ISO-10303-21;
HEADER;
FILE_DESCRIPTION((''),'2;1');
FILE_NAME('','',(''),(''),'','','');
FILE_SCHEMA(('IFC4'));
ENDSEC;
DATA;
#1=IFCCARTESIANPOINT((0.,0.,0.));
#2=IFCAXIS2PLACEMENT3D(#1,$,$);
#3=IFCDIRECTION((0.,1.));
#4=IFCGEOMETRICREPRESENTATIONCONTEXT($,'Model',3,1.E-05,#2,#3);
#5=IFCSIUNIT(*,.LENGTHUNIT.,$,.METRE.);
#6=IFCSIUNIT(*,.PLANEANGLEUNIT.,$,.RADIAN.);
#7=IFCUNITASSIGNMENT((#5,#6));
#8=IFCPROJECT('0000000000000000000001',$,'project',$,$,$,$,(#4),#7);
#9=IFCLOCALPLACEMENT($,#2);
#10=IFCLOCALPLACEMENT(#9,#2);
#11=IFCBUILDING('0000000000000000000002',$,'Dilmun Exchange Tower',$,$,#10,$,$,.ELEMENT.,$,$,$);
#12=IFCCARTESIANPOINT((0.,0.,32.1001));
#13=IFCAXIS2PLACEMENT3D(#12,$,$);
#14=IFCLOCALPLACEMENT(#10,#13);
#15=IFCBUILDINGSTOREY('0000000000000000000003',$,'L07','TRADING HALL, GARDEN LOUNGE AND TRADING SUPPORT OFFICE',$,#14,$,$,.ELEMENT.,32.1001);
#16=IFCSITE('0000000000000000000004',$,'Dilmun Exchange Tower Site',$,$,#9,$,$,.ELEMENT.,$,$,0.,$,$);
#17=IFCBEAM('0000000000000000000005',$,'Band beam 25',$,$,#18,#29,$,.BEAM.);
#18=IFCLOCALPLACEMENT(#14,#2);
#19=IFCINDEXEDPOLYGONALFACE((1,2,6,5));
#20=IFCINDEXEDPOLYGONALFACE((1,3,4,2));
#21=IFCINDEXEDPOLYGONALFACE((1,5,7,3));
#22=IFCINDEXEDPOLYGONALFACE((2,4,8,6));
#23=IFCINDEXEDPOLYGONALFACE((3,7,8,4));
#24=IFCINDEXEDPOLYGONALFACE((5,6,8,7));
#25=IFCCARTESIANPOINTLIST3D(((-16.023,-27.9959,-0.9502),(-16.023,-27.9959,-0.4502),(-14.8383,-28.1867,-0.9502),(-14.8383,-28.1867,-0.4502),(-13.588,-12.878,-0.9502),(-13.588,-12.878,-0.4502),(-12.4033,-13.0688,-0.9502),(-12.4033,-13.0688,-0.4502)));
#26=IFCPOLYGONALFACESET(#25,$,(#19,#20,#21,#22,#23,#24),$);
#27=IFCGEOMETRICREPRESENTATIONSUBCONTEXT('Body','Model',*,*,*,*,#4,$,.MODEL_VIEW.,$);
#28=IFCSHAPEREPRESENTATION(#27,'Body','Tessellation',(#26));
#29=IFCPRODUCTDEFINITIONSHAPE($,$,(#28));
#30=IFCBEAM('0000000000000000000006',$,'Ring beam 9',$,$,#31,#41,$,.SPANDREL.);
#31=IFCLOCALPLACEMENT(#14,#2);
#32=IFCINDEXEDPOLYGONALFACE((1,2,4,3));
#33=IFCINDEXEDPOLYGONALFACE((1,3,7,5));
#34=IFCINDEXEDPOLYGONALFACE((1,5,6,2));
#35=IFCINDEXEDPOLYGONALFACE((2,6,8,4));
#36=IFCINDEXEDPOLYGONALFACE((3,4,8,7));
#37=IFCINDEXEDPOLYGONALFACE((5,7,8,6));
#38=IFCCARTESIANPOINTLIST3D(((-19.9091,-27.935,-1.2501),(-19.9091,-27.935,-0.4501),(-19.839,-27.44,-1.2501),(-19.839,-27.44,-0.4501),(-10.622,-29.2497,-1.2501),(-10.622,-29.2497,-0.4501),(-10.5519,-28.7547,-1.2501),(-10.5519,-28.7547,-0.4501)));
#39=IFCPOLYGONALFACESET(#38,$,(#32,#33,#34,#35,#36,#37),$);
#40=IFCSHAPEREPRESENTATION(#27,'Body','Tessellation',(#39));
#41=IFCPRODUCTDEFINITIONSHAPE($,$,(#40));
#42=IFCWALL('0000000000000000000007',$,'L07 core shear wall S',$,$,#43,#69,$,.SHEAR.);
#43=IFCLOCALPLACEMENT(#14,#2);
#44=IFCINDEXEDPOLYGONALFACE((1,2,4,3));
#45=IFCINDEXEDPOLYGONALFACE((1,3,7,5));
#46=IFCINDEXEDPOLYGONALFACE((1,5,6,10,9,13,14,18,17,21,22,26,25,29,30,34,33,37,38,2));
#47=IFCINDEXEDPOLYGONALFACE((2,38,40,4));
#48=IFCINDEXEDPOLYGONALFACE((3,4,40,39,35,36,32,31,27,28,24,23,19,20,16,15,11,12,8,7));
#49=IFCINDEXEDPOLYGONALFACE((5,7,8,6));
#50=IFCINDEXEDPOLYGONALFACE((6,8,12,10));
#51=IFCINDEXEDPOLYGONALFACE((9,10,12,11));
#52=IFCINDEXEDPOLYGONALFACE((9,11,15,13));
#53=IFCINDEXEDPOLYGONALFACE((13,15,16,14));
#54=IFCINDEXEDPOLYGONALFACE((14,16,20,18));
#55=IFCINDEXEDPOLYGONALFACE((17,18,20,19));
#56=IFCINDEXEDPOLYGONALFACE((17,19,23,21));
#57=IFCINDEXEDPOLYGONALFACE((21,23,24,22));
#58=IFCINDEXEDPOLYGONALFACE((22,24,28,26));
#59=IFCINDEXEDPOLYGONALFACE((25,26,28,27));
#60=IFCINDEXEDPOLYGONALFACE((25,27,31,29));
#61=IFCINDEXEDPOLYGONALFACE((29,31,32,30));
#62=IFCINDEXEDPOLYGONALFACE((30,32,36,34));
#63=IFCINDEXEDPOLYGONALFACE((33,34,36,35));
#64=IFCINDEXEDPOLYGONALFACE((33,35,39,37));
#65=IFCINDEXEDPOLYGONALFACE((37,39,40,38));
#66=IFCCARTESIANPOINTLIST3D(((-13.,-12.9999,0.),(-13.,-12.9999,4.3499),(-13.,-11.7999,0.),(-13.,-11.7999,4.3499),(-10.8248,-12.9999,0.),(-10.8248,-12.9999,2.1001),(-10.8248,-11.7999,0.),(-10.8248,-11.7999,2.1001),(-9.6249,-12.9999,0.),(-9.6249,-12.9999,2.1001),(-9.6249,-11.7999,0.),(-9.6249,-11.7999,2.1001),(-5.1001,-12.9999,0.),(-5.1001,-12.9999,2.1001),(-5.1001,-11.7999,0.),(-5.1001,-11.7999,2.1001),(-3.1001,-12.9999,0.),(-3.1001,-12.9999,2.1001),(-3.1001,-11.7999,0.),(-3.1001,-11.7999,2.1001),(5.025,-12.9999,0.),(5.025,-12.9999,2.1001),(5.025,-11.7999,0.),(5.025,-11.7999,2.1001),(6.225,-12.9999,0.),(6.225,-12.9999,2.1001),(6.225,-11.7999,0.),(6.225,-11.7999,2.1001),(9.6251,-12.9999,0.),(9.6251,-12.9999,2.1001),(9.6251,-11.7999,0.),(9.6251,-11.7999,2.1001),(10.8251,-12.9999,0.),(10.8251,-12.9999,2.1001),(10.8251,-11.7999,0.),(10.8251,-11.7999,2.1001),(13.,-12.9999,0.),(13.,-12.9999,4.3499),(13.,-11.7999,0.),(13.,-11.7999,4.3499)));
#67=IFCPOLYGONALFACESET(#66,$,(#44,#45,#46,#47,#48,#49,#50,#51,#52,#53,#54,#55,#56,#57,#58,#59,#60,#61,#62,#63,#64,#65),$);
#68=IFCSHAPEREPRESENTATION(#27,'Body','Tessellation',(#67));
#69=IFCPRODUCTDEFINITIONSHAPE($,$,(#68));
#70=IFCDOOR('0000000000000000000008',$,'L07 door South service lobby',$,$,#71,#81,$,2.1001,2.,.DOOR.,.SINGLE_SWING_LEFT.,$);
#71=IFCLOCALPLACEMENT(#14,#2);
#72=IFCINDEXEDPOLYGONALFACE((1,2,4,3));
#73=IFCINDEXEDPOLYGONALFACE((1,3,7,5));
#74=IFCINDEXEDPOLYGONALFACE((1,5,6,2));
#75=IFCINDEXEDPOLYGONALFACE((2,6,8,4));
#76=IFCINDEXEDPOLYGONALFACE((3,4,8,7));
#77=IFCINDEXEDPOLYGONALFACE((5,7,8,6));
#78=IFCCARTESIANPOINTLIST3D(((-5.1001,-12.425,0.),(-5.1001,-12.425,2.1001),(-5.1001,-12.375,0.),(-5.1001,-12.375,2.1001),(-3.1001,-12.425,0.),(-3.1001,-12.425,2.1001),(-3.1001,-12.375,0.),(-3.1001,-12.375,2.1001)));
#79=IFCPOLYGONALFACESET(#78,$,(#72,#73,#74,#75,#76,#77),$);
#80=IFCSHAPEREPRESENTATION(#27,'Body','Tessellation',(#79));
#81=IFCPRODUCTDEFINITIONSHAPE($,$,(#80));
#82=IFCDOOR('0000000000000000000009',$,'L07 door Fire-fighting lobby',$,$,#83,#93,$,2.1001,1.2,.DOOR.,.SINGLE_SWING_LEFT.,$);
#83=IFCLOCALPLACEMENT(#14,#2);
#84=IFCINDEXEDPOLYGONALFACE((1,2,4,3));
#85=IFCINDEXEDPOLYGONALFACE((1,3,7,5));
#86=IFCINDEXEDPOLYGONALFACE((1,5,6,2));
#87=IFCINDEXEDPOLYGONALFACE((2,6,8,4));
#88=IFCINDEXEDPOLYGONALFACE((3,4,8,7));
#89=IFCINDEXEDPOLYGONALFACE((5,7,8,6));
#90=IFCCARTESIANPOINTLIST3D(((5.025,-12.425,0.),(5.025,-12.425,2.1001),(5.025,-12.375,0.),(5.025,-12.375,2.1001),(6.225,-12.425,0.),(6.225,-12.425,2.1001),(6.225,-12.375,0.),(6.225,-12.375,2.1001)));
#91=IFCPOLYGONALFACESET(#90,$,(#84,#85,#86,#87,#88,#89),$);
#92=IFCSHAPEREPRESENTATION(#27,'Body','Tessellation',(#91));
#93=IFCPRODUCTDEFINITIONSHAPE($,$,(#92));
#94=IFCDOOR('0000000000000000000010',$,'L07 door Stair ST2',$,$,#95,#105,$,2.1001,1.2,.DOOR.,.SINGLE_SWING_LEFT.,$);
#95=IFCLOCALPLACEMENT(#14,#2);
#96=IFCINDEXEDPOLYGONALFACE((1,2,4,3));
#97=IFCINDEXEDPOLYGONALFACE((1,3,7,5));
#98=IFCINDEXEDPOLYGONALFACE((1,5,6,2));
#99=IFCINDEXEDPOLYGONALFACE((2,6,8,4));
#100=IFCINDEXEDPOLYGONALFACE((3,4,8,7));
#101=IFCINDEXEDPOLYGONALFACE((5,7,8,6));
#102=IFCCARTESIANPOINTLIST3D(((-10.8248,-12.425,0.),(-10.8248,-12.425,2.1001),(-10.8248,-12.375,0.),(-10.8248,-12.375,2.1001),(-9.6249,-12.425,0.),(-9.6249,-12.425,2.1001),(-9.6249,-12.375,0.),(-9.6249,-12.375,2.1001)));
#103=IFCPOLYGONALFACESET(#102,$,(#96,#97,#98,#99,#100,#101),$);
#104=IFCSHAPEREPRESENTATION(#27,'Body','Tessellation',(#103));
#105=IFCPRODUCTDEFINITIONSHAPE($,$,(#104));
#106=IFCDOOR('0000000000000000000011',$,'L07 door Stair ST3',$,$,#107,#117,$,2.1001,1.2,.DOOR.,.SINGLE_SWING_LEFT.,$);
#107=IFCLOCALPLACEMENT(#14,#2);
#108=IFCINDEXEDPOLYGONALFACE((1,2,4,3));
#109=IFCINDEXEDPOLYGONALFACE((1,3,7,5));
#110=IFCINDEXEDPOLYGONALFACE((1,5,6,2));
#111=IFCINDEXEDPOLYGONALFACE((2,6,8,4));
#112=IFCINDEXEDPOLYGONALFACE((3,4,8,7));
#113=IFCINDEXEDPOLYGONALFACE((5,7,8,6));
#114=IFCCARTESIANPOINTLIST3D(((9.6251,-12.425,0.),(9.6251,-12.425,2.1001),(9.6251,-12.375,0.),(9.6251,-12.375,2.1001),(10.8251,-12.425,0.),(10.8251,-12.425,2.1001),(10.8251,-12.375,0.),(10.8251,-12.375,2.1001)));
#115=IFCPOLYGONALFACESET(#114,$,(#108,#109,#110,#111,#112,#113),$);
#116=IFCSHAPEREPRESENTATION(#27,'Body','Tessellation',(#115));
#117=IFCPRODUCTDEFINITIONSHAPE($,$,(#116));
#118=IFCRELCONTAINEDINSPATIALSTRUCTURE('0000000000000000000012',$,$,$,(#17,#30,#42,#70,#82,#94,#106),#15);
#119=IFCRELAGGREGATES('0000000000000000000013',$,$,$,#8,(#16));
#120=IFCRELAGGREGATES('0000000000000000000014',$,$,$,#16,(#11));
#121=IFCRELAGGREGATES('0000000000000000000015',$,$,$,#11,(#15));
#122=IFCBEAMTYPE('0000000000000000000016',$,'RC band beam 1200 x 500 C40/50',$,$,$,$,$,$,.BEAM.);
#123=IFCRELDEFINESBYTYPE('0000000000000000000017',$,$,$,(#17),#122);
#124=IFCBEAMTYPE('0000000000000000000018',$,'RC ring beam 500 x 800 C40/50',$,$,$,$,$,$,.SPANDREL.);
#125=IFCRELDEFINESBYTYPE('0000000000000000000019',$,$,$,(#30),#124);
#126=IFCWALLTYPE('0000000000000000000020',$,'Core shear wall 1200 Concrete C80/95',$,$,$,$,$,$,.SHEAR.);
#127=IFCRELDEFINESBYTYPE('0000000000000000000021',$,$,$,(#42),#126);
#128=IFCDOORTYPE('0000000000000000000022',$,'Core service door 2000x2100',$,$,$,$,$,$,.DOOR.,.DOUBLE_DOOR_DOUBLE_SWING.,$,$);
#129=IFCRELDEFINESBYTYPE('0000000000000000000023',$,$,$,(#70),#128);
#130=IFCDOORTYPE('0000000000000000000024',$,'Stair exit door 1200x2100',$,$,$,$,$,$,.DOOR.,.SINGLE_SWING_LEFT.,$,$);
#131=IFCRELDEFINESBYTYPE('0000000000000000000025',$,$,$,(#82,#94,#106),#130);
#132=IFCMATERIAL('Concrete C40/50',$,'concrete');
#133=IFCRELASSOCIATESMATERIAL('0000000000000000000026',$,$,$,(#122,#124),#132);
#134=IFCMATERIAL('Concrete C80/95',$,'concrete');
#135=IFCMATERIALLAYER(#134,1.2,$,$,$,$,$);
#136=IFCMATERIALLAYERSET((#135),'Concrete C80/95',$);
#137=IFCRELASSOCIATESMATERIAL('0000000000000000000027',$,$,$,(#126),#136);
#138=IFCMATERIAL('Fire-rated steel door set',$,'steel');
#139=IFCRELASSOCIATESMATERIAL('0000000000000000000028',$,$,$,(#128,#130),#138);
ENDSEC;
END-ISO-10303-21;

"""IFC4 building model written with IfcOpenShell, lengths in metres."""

from ifc_helpers import new_model, si_unit, direction, frame, frame_2d, origin, origin_2d, place, context, subcontext, project, spatial, rectangle, extrude, material, layer, layer_set, material_profile, profile_set, type_object, element, fill, save


model = new_model("IFC4")

# Units and contexts
model_context = context("Model", 3, precision=1e-05, world=origin(), true_north=direction((0.0, 1.0)))
body_context = subcontext(model_context, "Body", "Model", "MODEL_VIEW")
ifc_project = project(units=[si_unit("LENGTHUNIT", "METRE"), si_unit("PLANEANGLEUNIT", "RADIAN")], contexts=[model_context])

# Site, building, storey
site_placement = place(None, origin())
site = spatial("IfcSite", under=ifc_project, at=site_placement, Name="Dilmun Exchange Tower Site", CompositionType="ELEMENT", RefElevation=0.0)
building_placement = place(site_placement, origin())
building = spatial("IfcBuilding", under=site, at=building_placement, Name="Dilmun Exchange Tower", CompositionType="ELEMENT")
storey_placement = place(building_placement, frame((0.0, 0.0, 32.1001)))
storey = spatial("IfcBuildingStorey", under=building, at=storey_placement, Name="L07", Description="TRADING HALL, GARDEN LOUNGE AND TRADING SUPPORT OFFICE", CompositionType="ELEMENT", Elevation=32.1001)

# Beams
ifc_material_1 = material(Name="Concrete C40/50", Category="concrete")
ifc_material_profile_1 = material_profile(ifc_material_1, rectangle(XDim=1.2, YDim=0.5, at=origin_2d()), Name="1200 x 500")
ifc_profile_set_1 = profile_set([ifc_material_profile_1], Name="Concrete C40/50")
beam_type_1 = type_object("IfcBeamType", Name="RC band beam 1200 x 500 C40/50", PredefinedType="BEAM", material=ifc_profile_set_1)
beam_1_placement = place(storey_placement, frame((-15.4307, -28.0913, -0.7002), z_axis=(0.159021, 0.987275, 0.0), x_axis=(-0.987275, 0.159021, 0.0)))
element("IfcBeam", 1, at=beam_1_placement, inside=storey, type_object=beam_type_1, Name="Band beam 25", PredefinedType="BEAM", context=body_context, shape_type="SweptSolid", body=[
    extrude(rectangle(XDim=1.2, YDim=0.5, at=origin_2d()), origin(), (0.0, 0.0, 1.0), 15.3127),
])
ifc_material_profile_2 = material_profile(ifc_material_1, rectangle(XDim=0.5, YDim=0.8, at=origin_2d()), Name="500 x 800")
ifc_profile_set_2 = profile_set([ifc_material_profile_2], Name="Concrete C40/50")
beam_type_2 = type_object("IfcBeamType", Name="RC ring beam 500 x 800 C40/50", PredefinedType="SPANDREL", material=ifc_profile_set_2)
beam_2_placement = place(storey_placement, frame((-19.874, -27.6875, -0.8501), z_axis=(0.990128, -0.140164, 0.0), x_axis=(0.140164, 0.990128, 0.0)))
element("IfcBeam", 2, at=beam_2_placement, inside=storey, type_object=beam_type_2, Name="Ring beam 9", PredefinedType="SPANDREL", context=body_context, shape_type="SweptSolid", body=[
    extrude(rectangle(XDim=0.5, YDim=0.8, at=origin_2d()), origin(), (0.0, 0.0, 1.0), 9.3796),
])

# Wall, openings, doors
ifc_material_2 = material(Name="Concrete C80/95", Category="concrete")
ifc_layer_1 = layer(ifc_material_2, 1.2)
ifc_layer_set_1 = layer_set([ifc_layer_1], Name="Concrete C80/95")
wall_type_1 = type_object("IfcWallType", Name="Core shear wall 1200 Concrete C80/95", PredefinedType="SHEAR", material=ifc_layer_set_1)
wall_1_placement = place(storey_placement, frame((-13.0, -12.3999, 0.0), z_axis=(0.0, 0.0, 1.0), x_axis=(1.0, 0.0, 0.0)))
wall_1 = element("IfcWall", 3, at=wall_1_placement, inside=storey, type_object=wall_type_1, Name="L07 core shear wall S", PredefinedType="SHEAR", context=body_context, shape_type="SweptSolid", body=[
    extrude(rectangle(XDim=26.0, YDim=1.2, at=frame_2d((13.0, 0.0))), origin(), (0.0, 0.0, 1.0), 4.3499),
])
opening_1_placement = place(wall_1_placement, frame((7.8999, 0.0, 0.0)))
opening_1 = element("IfcOpeningElement", 4, at=opening_1_placement, cuts=wall_1, PredefinedType="OPENING", context=body_context, shape_type="SweptSolid", body=[
    extrude(rectangle(XDim=2.0, YDim=2.1001, at=frame_2d((1.0, 1.05))), frame((0.0, 0.6099, 0.0), z_axis=(0.0, -1.0, 0.0), x_axis=(1.0, 0.0, 0.0)), (0.0, 0.0, 1.0), 1.22),
])
opening_2_placement = place(wall_1_placement, frame((18.0249, 0.0, 0.0)))
opening_2 = element("IfcOpeningElement", 5, at=opening_2_placement, cuts=wall_1, PredefinedType="OPENING", context=body_context, shape_type="SweptSolid", body=[
    extrude(rectangle(XDim=1.2, YDim=2.1001, at=frame_2d((0.6001, 1.05))), frame((0.0, 0.6099, 0.0), z_axis=(0.0, -1.0, 0.0), x_axis=(1.0, 0.0, 0.0)), (0.0, 0.0, 1.0), 1.22),
])
opening_3_placement = place(wall_1_placement, frame((2.175, 0.0, 0.0)))
opening_3 = element("IfcOpeningElement", 6, at=opening_3_placement, cuts=wall_1, PredefinedType="OPENING", context=body_context, shape_type="SweptSolid", body=[
    extrude(rectangle(XDim=1.2, YDim=2.1001, at=frame_2d((0.6001, 1.05))), frame((0.0, 0.6099, 0.0), z_axis=(0.0, -1.0, 0.0), x_axis=(1.0, 0.0, 0.0)), (0.0, 0.0, 1.0), 1.22),
])
opening_4_placement = place(wall_1_placement, frame((22.625, 0.0, 0.0)))
opening_4 = element("IfcOpeningElement", 7, at=opening_4_placement, cuts=wall_1, PredefinedType="OPENING", context=body_context, shape_type="SweptSolid", body=[
    extrude(rectangle(XDim=1.2, YDim=2.1001, at=frame_2d((0.6001, 1.05))), frame((0.0, 0.6099, 0.0), z_axis=(0.0, -1.0, 0.0), x_axis=(1.0, 0.0, 0.0)), (0.0, 0.0, 1.0), 1.22),
])
ifc_material_3 = material(Name="Fire-rated steel door set", Category="steel")
door_type_1 = type_object("IfcDoorType", Name="Core service door 2000x2100", OperationType="DOUBLE_DOOR_DOUBLE_SWING", PredefinedType="DOOR", material=ifc_material_3)
door_1_placement = place(opening_1_placement, origin())
door_1 = element("IfcDoor", 8, at=door_1_placement, inside=storey, type_object=door_type_1, Name="L07 door South service lobby", OperationType="SINGLE_SWING_LEFT", OverallHeight=2.1001, OverallWidth=2.0, PredefinedType="DOOR", context=body_context, shape_type="SweptSolid", body=[
    extrude(rectangle(XDim=2.0, YDim=2.1001, at=frame_2d((1.0, 1.05))), frame((0.0, 0.0249, 0.0), z_axis=(0.0, -1.0, 0.0), x_axis=(1.0, 0.0, 0.0)), (0.0, 0.0, 1.0), 0.05),
])
fill(opening_1, door_1)
door_type_2 = type_object("IfcDoorType", Name="Stair exit door 1200x2100", OperationType="SINGLE_SWING_LEFT", PredefinedType="DOOR", material=ifc_material_3)
door_2_placement = place(opening_2_placement, origin())
door_2 = element("IfcDoor", 9, at=door_2_placement, inside=storey, type_object=door_type_2, Name="L07 door Fire-fighting lobby", OperationType="SINGLE_SWING_LEFT", OverallHeight=2.1001, OverallWidth=1.2, PredefinedType="DOOR", context=body_context, shape_type="SweptSolid", body=[
    extrude(rectangle(XDim=1.2, YDim=2.1001, at=frame_2d((0.6001, 1.05))), frame((0.0, 0.0249, 0.0), z_axis=(0.0, -1.0, 0.0), x_axis=(1.0, 0.0, 0.0)), (0.0, 0.0, 1.0), 0.05),
])
fill(opening_2, door_2)
door_3_placement = place(opening_3_placement, origin())
door_3 = element("IfcDoor", 10, at=door_3_placement, inside=storey, type_object=door_type_2, Name="L07 door Stair ST2", OperationType="SINGLE_SWING_LEFT", OverallHeight=2.1001, OverallWidth=1.2, PredefinedType="DOOR", context=body_context, shape_type="SweptSolid", body=[
    extrude(rectangle(XDim=1.2, YDim=2.1001, at=frame_2d((0.6001, 1.05))), frame((0.0, 0.0249, 0.0), z_axis=(0.0, -1.0, 0.0), x_axis=(1.0, 0.0, 0.0)), (0.0, 0.0, 1.0), 0.05),
])
fill(opening_3, door_3)
door_4_placement = place(opening_4_placement, origin())
door_4 = element("IfcDoor", 11, at=door_4_placement, inside=storey, type_object=door_type_2, Name="L07 door Stair ST3", OperationType="SINGLE_SWING_LEFT", OverallHeight=2.1001, OverallWidth=1.2, PredefinedType="DOOR", context=body_context, shape_type="SweptSolid", body=[
    extrude(rectangle(XDim=1.2, YDim=2.1001, at=frame_2d((0.6001, 1.05))), frame((0.0, 0.0249, 0.0), z_axis=(0.0, -1.0, 0.0), x_axis=(1.0, 0.0, 0.0)), (0.0, 0.0, 1.0), 0.05),
])
fill(opening_4, door_4)

save(model, "model.ifc")
